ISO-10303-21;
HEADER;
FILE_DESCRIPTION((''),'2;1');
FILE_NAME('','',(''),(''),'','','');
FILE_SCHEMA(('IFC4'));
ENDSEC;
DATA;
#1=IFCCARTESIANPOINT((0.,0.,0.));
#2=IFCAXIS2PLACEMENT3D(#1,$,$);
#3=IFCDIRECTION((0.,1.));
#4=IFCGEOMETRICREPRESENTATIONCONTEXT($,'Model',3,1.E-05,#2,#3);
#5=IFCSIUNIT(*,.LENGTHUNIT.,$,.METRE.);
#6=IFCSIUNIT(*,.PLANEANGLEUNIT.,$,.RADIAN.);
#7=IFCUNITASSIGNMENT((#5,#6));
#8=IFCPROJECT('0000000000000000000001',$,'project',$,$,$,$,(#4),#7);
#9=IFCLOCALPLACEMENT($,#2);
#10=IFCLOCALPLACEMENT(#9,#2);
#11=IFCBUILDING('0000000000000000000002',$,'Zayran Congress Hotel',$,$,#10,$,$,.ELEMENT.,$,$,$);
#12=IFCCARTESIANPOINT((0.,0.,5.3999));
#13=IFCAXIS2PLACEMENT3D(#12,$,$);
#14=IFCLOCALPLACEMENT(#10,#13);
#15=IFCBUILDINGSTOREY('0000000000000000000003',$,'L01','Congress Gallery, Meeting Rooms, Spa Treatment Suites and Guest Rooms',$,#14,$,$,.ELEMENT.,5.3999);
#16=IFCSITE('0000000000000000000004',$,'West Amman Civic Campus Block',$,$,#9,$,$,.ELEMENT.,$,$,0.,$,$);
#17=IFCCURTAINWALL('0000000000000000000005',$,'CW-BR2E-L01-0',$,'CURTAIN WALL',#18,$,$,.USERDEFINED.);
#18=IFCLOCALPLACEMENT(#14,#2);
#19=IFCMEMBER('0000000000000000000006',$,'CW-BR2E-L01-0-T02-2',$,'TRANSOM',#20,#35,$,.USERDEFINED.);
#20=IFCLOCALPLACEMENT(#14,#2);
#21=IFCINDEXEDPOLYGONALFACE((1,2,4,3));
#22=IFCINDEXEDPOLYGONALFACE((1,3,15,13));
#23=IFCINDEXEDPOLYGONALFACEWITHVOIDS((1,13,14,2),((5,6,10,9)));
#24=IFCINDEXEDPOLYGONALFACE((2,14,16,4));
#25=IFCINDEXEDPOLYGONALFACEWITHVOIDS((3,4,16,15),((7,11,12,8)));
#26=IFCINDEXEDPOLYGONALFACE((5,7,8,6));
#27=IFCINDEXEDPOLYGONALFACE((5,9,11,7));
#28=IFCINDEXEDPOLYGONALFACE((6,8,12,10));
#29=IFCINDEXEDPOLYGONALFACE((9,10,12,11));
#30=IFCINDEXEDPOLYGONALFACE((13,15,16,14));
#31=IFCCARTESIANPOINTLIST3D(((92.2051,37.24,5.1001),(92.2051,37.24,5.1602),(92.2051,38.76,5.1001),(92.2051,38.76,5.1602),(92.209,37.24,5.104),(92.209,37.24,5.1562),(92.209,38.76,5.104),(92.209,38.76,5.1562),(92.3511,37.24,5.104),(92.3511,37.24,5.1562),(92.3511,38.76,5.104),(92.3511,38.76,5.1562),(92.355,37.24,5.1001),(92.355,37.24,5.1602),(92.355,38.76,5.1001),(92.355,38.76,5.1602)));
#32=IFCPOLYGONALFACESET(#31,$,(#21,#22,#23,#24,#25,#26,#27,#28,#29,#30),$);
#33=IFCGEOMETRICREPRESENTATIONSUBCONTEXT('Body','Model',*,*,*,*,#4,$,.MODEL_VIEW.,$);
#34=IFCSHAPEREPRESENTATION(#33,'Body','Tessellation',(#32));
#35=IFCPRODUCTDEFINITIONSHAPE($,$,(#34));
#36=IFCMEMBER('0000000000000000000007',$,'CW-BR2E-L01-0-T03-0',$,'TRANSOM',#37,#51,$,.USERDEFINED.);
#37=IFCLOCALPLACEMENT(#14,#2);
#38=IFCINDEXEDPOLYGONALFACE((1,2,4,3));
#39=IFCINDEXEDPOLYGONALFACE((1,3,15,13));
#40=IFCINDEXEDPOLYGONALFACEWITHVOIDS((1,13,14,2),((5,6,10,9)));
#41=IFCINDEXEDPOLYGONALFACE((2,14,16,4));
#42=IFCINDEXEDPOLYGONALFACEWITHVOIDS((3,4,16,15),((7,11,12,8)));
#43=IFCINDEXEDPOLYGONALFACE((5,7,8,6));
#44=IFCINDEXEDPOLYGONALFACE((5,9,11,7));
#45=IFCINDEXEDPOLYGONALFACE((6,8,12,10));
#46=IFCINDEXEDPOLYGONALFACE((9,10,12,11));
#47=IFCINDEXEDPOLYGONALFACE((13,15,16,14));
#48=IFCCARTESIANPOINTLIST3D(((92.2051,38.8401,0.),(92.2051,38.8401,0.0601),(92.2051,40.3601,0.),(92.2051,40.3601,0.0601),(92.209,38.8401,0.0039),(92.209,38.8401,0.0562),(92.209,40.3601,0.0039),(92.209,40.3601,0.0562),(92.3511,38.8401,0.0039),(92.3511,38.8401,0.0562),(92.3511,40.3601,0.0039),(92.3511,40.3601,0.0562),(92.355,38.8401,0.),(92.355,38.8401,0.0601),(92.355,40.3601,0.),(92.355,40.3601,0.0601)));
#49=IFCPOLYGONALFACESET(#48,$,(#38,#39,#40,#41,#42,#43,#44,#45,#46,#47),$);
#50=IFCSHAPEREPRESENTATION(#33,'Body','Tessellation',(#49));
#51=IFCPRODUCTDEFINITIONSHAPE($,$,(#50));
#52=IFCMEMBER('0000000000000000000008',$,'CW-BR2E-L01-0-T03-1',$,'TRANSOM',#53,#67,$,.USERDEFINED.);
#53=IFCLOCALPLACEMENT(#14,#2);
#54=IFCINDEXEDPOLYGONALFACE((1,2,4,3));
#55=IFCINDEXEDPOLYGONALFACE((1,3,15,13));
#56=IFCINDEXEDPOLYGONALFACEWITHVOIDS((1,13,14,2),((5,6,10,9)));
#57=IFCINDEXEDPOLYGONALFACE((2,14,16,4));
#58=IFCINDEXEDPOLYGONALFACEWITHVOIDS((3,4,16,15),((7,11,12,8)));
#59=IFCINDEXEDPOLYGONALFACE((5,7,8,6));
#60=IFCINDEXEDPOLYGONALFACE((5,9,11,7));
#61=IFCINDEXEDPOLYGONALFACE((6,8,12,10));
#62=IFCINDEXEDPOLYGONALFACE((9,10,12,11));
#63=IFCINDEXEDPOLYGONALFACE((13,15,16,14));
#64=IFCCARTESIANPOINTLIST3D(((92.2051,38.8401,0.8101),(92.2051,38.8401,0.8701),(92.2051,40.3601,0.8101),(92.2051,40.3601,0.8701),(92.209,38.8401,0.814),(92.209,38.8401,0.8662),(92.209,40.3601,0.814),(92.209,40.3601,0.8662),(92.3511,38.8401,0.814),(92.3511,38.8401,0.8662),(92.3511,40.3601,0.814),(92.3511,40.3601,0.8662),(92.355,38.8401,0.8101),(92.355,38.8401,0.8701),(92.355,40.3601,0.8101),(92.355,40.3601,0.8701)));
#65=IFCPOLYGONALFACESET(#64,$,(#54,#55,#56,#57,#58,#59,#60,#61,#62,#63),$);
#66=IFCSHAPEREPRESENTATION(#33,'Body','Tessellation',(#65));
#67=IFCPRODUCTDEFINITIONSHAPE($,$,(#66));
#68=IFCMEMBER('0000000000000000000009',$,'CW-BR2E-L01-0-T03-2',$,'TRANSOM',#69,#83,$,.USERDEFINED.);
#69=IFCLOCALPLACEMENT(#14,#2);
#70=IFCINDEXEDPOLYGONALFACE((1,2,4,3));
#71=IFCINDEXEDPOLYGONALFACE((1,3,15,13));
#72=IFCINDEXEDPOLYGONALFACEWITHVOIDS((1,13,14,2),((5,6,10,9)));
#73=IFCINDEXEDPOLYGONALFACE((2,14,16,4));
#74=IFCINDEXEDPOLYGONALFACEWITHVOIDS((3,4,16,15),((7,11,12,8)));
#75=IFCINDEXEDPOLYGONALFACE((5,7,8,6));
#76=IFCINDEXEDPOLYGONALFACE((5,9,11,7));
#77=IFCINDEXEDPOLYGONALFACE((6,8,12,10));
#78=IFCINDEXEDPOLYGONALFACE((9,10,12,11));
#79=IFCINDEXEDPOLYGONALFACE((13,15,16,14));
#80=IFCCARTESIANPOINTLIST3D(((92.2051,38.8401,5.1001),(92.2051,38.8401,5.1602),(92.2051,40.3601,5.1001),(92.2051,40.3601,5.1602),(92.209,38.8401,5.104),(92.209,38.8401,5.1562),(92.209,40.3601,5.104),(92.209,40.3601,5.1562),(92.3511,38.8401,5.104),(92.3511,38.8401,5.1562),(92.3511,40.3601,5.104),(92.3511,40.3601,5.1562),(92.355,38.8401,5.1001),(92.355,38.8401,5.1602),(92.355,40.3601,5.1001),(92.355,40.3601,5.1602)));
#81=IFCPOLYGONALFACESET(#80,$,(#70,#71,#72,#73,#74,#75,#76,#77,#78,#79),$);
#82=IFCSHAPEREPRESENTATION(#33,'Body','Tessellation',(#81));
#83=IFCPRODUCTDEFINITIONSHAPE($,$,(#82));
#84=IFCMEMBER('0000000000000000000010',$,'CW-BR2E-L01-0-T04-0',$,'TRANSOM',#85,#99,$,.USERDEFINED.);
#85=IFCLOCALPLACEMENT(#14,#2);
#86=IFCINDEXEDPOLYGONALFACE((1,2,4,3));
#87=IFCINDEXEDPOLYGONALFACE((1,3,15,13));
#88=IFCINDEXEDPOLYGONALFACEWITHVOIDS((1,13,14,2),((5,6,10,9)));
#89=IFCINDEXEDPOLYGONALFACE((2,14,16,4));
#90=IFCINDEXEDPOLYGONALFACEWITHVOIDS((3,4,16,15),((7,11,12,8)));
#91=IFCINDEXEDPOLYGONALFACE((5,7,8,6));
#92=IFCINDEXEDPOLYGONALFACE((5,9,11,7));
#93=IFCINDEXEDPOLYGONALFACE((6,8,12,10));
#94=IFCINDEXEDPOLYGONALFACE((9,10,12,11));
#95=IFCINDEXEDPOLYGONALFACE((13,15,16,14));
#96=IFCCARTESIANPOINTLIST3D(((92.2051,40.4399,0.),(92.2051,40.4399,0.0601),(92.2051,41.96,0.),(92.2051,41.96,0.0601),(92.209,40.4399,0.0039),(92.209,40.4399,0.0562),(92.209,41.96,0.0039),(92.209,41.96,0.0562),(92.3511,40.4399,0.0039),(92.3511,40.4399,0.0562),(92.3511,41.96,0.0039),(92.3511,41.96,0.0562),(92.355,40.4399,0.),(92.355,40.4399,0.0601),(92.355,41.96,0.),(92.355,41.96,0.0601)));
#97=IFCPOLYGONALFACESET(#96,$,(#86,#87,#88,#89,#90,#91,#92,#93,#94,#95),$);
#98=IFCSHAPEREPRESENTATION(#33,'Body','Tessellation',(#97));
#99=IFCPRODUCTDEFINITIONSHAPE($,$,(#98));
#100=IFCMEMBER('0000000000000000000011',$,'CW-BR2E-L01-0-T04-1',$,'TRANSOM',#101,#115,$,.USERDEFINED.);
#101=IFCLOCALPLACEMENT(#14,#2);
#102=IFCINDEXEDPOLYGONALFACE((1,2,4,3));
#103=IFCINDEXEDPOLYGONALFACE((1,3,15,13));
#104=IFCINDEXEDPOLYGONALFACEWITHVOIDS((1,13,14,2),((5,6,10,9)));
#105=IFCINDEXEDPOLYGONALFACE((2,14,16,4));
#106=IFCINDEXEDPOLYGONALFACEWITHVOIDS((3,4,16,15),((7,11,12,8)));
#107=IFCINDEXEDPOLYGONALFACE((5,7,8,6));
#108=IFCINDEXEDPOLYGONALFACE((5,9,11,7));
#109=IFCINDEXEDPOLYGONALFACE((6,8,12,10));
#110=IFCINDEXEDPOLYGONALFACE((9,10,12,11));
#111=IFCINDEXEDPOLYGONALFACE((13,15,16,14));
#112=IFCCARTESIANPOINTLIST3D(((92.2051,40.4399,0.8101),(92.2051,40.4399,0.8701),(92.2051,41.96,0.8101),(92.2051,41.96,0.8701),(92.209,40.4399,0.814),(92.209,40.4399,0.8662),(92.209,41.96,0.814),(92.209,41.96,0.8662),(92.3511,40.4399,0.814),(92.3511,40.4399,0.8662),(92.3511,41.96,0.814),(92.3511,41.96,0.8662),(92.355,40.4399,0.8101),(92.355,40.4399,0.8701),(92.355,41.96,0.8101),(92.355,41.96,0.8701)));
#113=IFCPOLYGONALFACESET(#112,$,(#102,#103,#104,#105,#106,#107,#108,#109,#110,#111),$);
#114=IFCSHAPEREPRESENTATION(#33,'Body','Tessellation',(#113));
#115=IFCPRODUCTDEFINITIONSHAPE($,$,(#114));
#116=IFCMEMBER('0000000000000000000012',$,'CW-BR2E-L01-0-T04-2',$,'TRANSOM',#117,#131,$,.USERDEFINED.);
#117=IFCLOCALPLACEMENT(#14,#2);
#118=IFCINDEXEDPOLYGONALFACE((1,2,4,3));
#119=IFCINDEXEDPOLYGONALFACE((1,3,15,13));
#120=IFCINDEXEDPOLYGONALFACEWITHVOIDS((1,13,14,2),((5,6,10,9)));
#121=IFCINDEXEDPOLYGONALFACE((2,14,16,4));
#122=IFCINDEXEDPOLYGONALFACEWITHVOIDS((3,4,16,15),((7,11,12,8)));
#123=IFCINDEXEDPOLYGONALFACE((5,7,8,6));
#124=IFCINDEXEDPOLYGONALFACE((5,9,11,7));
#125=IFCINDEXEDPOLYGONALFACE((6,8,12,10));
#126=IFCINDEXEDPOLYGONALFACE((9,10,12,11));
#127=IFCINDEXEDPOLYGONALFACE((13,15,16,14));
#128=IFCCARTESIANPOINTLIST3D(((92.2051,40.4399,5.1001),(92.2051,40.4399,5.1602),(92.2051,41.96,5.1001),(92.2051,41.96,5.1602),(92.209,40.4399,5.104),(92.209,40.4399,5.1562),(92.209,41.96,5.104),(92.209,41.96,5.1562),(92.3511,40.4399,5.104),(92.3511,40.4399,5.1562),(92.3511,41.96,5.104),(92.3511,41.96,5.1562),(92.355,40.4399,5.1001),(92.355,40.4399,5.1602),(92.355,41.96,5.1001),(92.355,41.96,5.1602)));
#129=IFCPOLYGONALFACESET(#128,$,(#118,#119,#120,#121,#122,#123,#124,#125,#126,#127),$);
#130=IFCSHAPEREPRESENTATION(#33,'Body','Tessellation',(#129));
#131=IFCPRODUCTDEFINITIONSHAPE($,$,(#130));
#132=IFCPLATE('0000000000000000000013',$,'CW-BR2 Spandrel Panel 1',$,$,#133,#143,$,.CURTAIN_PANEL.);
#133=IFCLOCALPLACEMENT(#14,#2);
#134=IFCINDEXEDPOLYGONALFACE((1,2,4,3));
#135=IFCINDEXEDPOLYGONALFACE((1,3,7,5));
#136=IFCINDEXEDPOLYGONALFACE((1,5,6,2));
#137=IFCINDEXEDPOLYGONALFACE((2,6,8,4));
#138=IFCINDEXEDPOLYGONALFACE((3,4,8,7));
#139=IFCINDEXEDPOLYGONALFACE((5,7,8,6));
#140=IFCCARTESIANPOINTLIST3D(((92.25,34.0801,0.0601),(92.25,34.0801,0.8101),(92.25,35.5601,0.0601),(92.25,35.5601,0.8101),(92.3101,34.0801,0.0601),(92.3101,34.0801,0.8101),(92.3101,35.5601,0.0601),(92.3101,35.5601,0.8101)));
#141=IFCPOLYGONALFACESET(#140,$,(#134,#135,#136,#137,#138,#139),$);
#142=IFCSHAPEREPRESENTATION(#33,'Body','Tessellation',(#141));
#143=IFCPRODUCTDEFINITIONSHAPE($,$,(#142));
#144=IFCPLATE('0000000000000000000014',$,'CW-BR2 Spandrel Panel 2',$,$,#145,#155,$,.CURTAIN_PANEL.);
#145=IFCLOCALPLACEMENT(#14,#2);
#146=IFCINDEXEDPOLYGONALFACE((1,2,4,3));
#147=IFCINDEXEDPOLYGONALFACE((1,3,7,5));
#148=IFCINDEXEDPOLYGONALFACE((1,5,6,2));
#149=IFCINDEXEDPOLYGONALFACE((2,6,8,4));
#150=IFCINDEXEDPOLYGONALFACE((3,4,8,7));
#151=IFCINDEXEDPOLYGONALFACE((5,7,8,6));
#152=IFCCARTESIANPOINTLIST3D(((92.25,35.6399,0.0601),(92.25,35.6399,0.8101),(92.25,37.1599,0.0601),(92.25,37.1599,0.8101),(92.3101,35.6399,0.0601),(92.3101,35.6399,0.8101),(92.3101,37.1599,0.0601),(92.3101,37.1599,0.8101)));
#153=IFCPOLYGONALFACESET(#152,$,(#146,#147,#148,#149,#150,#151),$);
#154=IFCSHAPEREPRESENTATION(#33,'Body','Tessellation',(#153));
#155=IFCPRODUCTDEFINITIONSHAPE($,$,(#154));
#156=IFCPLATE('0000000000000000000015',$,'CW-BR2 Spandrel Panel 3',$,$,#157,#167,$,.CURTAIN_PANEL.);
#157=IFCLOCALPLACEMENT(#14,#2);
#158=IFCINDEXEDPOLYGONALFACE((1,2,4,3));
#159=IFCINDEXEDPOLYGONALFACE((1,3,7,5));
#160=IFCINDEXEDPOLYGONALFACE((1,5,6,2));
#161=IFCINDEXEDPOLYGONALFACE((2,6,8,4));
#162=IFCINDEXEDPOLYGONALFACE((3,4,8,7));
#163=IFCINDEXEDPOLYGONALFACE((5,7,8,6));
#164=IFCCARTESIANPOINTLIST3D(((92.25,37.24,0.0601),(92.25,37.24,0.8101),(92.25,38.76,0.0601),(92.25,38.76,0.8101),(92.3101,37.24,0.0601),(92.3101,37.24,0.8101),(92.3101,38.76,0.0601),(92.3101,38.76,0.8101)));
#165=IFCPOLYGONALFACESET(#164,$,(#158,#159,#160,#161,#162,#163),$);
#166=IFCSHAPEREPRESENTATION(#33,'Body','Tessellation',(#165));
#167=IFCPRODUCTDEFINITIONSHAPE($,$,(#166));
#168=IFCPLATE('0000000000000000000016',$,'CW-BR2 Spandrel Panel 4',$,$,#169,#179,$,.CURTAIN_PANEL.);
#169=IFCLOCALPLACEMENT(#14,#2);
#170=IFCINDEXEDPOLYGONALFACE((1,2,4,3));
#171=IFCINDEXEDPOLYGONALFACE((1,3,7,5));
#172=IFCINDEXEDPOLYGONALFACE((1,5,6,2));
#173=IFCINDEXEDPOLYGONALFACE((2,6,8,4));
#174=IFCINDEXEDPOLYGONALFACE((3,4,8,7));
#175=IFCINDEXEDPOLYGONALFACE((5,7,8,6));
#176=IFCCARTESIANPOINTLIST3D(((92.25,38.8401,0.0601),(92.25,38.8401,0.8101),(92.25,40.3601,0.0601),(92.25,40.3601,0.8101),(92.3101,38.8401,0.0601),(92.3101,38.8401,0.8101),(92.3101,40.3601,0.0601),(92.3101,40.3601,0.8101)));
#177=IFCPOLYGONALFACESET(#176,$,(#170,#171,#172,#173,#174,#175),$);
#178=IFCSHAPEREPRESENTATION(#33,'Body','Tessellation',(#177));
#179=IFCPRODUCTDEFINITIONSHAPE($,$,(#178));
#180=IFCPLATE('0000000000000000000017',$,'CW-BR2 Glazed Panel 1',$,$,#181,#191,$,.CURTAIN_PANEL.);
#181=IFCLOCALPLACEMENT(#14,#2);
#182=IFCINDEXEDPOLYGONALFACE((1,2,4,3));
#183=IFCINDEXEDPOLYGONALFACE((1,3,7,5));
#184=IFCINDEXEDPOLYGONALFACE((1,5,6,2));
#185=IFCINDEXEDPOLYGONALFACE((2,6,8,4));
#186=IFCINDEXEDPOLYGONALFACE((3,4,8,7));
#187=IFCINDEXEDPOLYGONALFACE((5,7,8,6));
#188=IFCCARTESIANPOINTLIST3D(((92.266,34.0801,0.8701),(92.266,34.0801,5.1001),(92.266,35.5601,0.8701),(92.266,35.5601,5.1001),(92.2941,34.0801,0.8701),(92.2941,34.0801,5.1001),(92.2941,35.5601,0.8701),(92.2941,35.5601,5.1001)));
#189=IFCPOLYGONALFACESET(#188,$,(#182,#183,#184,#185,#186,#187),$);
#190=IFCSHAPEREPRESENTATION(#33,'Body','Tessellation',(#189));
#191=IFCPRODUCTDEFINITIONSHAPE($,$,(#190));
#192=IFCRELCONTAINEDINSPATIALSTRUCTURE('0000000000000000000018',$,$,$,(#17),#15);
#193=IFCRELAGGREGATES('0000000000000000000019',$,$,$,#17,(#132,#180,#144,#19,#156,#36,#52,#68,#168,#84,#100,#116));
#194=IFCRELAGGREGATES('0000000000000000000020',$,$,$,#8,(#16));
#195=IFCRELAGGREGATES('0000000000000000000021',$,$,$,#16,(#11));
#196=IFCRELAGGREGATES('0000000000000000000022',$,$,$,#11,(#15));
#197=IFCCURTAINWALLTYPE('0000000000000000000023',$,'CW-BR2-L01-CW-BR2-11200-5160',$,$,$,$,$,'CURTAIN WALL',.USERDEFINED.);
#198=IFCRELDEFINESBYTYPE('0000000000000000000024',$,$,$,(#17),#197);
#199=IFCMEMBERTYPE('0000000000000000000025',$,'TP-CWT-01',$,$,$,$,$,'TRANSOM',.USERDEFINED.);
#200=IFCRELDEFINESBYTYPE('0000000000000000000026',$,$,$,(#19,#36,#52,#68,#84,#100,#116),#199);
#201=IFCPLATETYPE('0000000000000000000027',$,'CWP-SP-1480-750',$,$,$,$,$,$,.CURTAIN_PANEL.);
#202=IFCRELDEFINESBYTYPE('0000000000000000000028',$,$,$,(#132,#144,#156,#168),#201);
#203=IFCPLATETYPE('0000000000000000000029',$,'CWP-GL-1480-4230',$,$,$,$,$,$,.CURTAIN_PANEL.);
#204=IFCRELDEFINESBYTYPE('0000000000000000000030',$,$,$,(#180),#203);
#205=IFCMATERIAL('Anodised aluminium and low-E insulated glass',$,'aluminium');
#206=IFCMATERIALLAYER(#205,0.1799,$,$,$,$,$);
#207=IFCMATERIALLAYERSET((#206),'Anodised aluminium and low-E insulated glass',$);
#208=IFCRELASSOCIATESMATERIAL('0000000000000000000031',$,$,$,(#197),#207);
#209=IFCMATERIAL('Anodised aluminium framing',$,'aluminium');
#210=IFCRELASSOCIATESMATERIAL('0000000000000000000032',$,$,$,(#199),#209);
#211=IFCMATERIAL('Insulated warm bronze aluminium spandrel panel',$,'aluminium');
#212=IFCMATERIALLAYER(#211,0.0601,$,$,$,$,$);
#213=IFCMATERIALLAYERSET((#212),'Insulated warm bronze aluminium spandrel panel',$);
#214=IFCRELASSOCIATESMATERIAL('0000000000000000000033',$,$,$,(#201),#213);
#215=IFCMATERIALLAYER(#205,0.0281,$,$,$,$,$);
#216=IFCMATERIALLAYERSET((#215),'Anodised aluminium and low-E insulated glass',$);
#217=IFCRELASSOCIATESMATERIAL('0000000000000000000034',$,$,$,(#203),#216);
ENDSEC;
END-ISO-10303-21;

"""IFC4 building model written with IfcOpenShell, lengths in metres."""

from ifc_helpers import new_model, si_unit, direction, frame, origin, origin_2d, place, context, subcontext, project, spatial, rectangle, hollow_rectangle, extrude, material, layer, layer_set, material_profile, profile_set, type_object, element, aggregate, save


model = new_model("IFC4")

# Units and contexts
model_context = context("Model", 3, precision=1e-05, world=origin(), true_north=direction((0.0, 1.0)))
body_context = subcontext(model_context, "Body", "Model", "MODEL_VIEW")
ifc_project = project(units=[si_unit("LENGTHUNIT", "METRE"), si_unit("PLANEANGLEUNIT", "RADIAN")], contexts=[model_context])

# Site, building, storey
site_placement = place(None, origin())
site = spatial("IfcSite", under=ifc_project, at=site_placement, Name="West Amman Civic Campus Block", CompositionType="ELEMENT", RefElevation=0.0)
building_placement = place(site_placement, origin())
building = spatial("IfcBuilding", under=site, at=building_placement, Name="Zayran Congress Hotel", CompositionType="ELEMENT")
storey_placement = place(building_placement, frame((0.0, 0.0, 5.3999)))
storey = spatial("IfcBuildingStorey", under=building, at=storey_placement, Name="L01", Description="Congress Gallery, Meeting Rooms, Spa Treatment Suites and Guest Rooms", CompositionType="ELEMENT", Elevation=5.3999)

# Curtain wall, members, plates
ifc_material_1 = material(Name="Anodised aluminium and low-E insulated glass", Category="aluminium")
ifc_layer_1 = layer(ifc_material_1, 0.1799)
ifc_layer_set_1 = layer_set([ifc_layer_1], Name="Anodised aluminium and low-E insulated glass")
curtain_wall_type = type_object("IfcCurtainWallType", Name="CW-BR2-L01-CW-BR2-11200-5160", ElementType="CURTAIN WALL", PredefinedType="USERDEFINED", material=ifc_layer_set_1)
curtain_wall_placement = place(storey_placement, origin())
curtain_wall = element("IfcCurtainWall", 1, at=curtain_wall_placement, inside=storey, type_object=curtain_wall_type, Name="CW-BR2E-L01-0", ObjectType="CURTAIN WALL", PredefinedType="USERDEFINED")
ifc_material_2 = material(Name="Anodised aluminium framing", Category="aluminium")
ifc_material_profile_1 = material_profile(ifc_material_2, hollow_rectangle(XDim=0.0601, YDim=0.1499, WallThickness=0.0039, at=origin_2d()), Name="RHS 150x60x4")
ifc_profile_set_1 = profile_set([ifc_material_profile_1], Name="Anodised aluminium framing")
member_type_1 = type_object("IfcMemberType", Name="TP-CWT-01", ElementType="TRANSOM", PredefinedType="USERDEFINED", material=ifc_profile_set_1)
member_1_placement = place(storey_placement, frame((92.28, 37.24, 5.1301), z_axis=(0.0, 1.0, 0.0), x_axis=(0.0, 0.0, 1.0)))
member_1 = element("IfcMember", 2, at=member_1_placement, type_object=member_type_1, Name="CW-BR2E-L01-0-T02-2", ObjectType="TRANSOM", PredefinedType="USERDEFINED", context=body_context, shape_type="SweptSolid", body=[
    extrude(hollow_rectangle(XDim=0.0601, YDim=0.1499, WallThickness=0.0039, at=origin_2d()), origin(), (0.0, 0.0, 1.0), 1.52),
])
member_2_placement = place(storey_placement, frame((92.28, 38.8401, 0.03), z_axis=(0.0, 1.0, 0.0), x_axis=(0.0, 0.0, 1.0)))
member_2 = element("IfcMember", 3, at=member_2_placement, type_object=member_type_1, Name="CW-BR2E-L01-0-T03-0", ObjectType="TRANSOM", PredefinedType="USERDEFINED", context=body_context, shape_type="SweptSolid", body=[
    extrude(hollow_rectangle(XDim=0.0601, YDim=0.1499, WallThickness=0.0039, at=origin_2d()), origin(), (0.0, 0.0, 1.0), 1.52),
])
member_3_placement = place(storey_placement, frame((92.28, 38.8401, 0.8401), z_axis=(0.0, 1.0, 0.0), x_axis=(0.0, 0.0, 1.0)))
member_3 = element("IfcMember", 4, at=member_3_placement, type_object=member_type_1, Name="CW-BR2E-L01-0-T03-1", ObjectType="TRANSOM", PredefinedType="USERDEFINED", context=body_context, shape_type="SweptSolid", body=[
    extrude(hollow_rectangle(XDim=0.0601, YDim=0.1499, WallThickness=0.0039, at=origin_2d()), origin(), (0.0, 0.0, 1.0), 1.52),
])
member_4_placement = place(storey_placement, frame((92.28, 38.8401, 5.1301), z_axis=(0.0, 1.0, 0.0), x_axis=(0.0, 0.0, 1.0)))
member_4 = element("IfcMember", 5, at=member_4_placement, type_object=member_type_1, Name="CW-BR2E-L01-0-T03-2", ObjectType="TRANSOM", PredefinedType="USERDEFINED", context=body_context, shape_type="SweptSolid", body=[
    extrude(hollow_rectangle(XDim=0.0601, YDim=0.1499, WallThickness=0.0039, at=origin_2d()), origin(), (0.0, 0.0, 1.0), 1.52),
])
member_5_placement = place(storey_placement, frame((92.28, 40.4399, 0.03), z_axis=(0.0, 1.0, 0.0), x_axis=(0.0, 0.0, 1.0)))
member_5 = element("IfcMember", 6, at=member_5_placement, type_object=member_type_1, Name="CW-BR2E-L01-0-T04-0", ObjectType="TRANSOM", PredefinedType="USERDEFINED", context=body_context, shape_type="SweptSolid", body=[
    extrude(hollow_rectangle(XDim=0.0601, YDim=0.1499, WallThickness=0.0039, at=origin_2d()), origin(), (0.0, 0.0, 1.0), 1.52),
])
member_6_placement = place(storey_placement, frame((92.28, 40.4399, 0.8401), z_axis=(0.0, 1.0, 0.0), x_axis=(0.0, 0.0, 1.0)))
member_6 = element("IfcMember", 7, at=member_6_placement, type_object=member_type_1, Name="CW-BR2E-L01-0-T04-1", ObjectType="TRANSOM", PredefinedType="USERDEFINED", context=body_context, shape_type="SweptSolid", body=[
    extrude(hollow_rectangle(XDim=0.0601, YDim=0.1499, WallThickness=0.0039, at=origin_2d()), origin(), (0.0, 0.0, 1.0), 1.52),
])
member_7_placement = place(storey_placement, frame((92.28, 40.4399, 5.1301), z_axis=(0.0, 1.0, 0.0), x_axis=(0.0, 0.0, 1.0)))
member_7 = element("IfcMember", 8, at=member_7_placement, type_object=member_type_1, Name="CW-BR2E-L01-0-T04-2", ObjectType="TRANSOM", PredefinedType="USERDEFINED", context=body_context, shape_type="SweptSolid", body=[
    extrude(hollow_rectangle(XDim=0.0601, YDim=0.1499, WallThickness=0.0039, at=origin_2d()), origin(), (0.0, 0.0, 1.0), 1.52),
])
ifc_material_3 = material(Name="Insulated warm bronze aluminium spandrel panel", Category="aluminium")
ifc_layer_2 = layer(ifc_material_3, 0.0601)
ifc_layer_set_2 = layer_set([ifc_layer_2], Name="Insulated warm bronze aluminium spandrel panel")
plate_type_1 = type_object("IfcPlateType", Name="CWP-SP-1480-750", PredefinedType="CURTAIN_PANEL", material=ifc_layer_set_2)
plate_1_placement = place(storey_placement, frame((92.28, 34.8201, 0.0601), z_axis=(0.0, 0.0, 1.0), x_axis=(0.0, 1.0, 0.0)))
plate_1 = element("IfcPlate", 9, at=plate_1_placement, type_object=plate_type_1, Name="CW-BR2 Spandrel Panel 1", PredefinedType="CURTAIN_PANEL", context=body_context, shape_type="SweptSolid", body=[
    extrude(rectangle(XDim=1.48, YDim=0.0601, at=origin_2d()), origin(), (0.0, 0.0, 1.0), 0.75),
])
plate_2_placement = place(storey_placement, frame((92.28, 36.3999, 0.0601), z_axis=(0.0, 0.0, 1.0), x_axis=(0.0, 1.0, 0.0)))
plate_2 = element("IfcPlate", 10, at=plate_2_placement, type_object=plate_type_1, Name="CW-BR2 Spandrel Panel 2", PredefinedType="CURTAIN_PANEL", context=body_context, shape_type="SweptSolid", body=[
    extrude(rectangle(XDim=1.52, YDim=0.0601, at=origin_2d()), origin(), (0.0, 0.0, 1.0), 0.75),
])
plate_3_placement = place(storey_placement, frame((92.28, 38.0, 0.0601), z_axis=(0.0, 0.0, 1.0), x_axis=(0.0, 1.0, 0.0)))
plate_3 = element("IfcPlate", 11, at=plate_3_placement, type_object=plate_type_1, Name="CW-BR2 Spandrel Panel 3", PredefinedType="CURTAIN_PANEL", context=body_context, shape_type="SweptSolid", body=[
    extrude(rectangle(XDim=1.52, YDim=0.0601, at=origin_2d()), origin(), (0.0, 0.0, 1.0), 0.75),
])
plate_4_placement = place(storey_placement, frame((92.28, 39.6001, 0.0601), z_axis=(0.0, 0.0, 1.0), x_axis=(0.0, 1.0, 0.0)))
plate_4 = element("IfcPlate", 12, at=plate_4_placement, type_object=plate_type_1, Name="CW-BR2 Spandrel Panel 4", PredefinedType="CURTAIN_PANEL", context=body_context, shape_type="SweptSolid", body=[
    extrude(rectangle(XDim=1.52, YDim=0.0601, at=origin_2d()), origin(), (0.0, 0.0, 1.0), 0.75),
])
ifc_layer_3 = layer(ifc_material_1, 0.0281)
ifc_layer_set_3 = layer_set([ifc_layer_3], Name="Anodised aluminium and low-E insulated glass")
plate_type_2 = type_object("IfcPlateType", Name="CWP-GL-1480-4230", PredefinedType="CURTAIN_PANEL", material=ifc_layer_set_3)
plate_5_placement = place(storey_placement, frame((92.28, 34.8201, 0.8701), z_axis=(0.0, 0.0, 1.0), x_axis=(0.0, 1.0, 0.0)))
plate_5 = element("IfcPlate", 13, at=plate_5_placement, type_object=plate_type_2, Name="CW-BR2 Glazed Panel 1", PredefinedType="CURTAIN_PANEL", context=body_context, shape_type="SweptSolid", body=[
    extrude(rectangle(XDim=1.48, YDim=0.0281, at=origin_2d()), origin(), (0.0, 0.0, 1.0), 4.23),
])
aggregate(curtain_wall, [plate_1, plate_5, plate_2, member_1, plate_3, member_2, member_3, member_4, plate_4, member_5, member_6, member_7])

save(model, "model.ifc")
